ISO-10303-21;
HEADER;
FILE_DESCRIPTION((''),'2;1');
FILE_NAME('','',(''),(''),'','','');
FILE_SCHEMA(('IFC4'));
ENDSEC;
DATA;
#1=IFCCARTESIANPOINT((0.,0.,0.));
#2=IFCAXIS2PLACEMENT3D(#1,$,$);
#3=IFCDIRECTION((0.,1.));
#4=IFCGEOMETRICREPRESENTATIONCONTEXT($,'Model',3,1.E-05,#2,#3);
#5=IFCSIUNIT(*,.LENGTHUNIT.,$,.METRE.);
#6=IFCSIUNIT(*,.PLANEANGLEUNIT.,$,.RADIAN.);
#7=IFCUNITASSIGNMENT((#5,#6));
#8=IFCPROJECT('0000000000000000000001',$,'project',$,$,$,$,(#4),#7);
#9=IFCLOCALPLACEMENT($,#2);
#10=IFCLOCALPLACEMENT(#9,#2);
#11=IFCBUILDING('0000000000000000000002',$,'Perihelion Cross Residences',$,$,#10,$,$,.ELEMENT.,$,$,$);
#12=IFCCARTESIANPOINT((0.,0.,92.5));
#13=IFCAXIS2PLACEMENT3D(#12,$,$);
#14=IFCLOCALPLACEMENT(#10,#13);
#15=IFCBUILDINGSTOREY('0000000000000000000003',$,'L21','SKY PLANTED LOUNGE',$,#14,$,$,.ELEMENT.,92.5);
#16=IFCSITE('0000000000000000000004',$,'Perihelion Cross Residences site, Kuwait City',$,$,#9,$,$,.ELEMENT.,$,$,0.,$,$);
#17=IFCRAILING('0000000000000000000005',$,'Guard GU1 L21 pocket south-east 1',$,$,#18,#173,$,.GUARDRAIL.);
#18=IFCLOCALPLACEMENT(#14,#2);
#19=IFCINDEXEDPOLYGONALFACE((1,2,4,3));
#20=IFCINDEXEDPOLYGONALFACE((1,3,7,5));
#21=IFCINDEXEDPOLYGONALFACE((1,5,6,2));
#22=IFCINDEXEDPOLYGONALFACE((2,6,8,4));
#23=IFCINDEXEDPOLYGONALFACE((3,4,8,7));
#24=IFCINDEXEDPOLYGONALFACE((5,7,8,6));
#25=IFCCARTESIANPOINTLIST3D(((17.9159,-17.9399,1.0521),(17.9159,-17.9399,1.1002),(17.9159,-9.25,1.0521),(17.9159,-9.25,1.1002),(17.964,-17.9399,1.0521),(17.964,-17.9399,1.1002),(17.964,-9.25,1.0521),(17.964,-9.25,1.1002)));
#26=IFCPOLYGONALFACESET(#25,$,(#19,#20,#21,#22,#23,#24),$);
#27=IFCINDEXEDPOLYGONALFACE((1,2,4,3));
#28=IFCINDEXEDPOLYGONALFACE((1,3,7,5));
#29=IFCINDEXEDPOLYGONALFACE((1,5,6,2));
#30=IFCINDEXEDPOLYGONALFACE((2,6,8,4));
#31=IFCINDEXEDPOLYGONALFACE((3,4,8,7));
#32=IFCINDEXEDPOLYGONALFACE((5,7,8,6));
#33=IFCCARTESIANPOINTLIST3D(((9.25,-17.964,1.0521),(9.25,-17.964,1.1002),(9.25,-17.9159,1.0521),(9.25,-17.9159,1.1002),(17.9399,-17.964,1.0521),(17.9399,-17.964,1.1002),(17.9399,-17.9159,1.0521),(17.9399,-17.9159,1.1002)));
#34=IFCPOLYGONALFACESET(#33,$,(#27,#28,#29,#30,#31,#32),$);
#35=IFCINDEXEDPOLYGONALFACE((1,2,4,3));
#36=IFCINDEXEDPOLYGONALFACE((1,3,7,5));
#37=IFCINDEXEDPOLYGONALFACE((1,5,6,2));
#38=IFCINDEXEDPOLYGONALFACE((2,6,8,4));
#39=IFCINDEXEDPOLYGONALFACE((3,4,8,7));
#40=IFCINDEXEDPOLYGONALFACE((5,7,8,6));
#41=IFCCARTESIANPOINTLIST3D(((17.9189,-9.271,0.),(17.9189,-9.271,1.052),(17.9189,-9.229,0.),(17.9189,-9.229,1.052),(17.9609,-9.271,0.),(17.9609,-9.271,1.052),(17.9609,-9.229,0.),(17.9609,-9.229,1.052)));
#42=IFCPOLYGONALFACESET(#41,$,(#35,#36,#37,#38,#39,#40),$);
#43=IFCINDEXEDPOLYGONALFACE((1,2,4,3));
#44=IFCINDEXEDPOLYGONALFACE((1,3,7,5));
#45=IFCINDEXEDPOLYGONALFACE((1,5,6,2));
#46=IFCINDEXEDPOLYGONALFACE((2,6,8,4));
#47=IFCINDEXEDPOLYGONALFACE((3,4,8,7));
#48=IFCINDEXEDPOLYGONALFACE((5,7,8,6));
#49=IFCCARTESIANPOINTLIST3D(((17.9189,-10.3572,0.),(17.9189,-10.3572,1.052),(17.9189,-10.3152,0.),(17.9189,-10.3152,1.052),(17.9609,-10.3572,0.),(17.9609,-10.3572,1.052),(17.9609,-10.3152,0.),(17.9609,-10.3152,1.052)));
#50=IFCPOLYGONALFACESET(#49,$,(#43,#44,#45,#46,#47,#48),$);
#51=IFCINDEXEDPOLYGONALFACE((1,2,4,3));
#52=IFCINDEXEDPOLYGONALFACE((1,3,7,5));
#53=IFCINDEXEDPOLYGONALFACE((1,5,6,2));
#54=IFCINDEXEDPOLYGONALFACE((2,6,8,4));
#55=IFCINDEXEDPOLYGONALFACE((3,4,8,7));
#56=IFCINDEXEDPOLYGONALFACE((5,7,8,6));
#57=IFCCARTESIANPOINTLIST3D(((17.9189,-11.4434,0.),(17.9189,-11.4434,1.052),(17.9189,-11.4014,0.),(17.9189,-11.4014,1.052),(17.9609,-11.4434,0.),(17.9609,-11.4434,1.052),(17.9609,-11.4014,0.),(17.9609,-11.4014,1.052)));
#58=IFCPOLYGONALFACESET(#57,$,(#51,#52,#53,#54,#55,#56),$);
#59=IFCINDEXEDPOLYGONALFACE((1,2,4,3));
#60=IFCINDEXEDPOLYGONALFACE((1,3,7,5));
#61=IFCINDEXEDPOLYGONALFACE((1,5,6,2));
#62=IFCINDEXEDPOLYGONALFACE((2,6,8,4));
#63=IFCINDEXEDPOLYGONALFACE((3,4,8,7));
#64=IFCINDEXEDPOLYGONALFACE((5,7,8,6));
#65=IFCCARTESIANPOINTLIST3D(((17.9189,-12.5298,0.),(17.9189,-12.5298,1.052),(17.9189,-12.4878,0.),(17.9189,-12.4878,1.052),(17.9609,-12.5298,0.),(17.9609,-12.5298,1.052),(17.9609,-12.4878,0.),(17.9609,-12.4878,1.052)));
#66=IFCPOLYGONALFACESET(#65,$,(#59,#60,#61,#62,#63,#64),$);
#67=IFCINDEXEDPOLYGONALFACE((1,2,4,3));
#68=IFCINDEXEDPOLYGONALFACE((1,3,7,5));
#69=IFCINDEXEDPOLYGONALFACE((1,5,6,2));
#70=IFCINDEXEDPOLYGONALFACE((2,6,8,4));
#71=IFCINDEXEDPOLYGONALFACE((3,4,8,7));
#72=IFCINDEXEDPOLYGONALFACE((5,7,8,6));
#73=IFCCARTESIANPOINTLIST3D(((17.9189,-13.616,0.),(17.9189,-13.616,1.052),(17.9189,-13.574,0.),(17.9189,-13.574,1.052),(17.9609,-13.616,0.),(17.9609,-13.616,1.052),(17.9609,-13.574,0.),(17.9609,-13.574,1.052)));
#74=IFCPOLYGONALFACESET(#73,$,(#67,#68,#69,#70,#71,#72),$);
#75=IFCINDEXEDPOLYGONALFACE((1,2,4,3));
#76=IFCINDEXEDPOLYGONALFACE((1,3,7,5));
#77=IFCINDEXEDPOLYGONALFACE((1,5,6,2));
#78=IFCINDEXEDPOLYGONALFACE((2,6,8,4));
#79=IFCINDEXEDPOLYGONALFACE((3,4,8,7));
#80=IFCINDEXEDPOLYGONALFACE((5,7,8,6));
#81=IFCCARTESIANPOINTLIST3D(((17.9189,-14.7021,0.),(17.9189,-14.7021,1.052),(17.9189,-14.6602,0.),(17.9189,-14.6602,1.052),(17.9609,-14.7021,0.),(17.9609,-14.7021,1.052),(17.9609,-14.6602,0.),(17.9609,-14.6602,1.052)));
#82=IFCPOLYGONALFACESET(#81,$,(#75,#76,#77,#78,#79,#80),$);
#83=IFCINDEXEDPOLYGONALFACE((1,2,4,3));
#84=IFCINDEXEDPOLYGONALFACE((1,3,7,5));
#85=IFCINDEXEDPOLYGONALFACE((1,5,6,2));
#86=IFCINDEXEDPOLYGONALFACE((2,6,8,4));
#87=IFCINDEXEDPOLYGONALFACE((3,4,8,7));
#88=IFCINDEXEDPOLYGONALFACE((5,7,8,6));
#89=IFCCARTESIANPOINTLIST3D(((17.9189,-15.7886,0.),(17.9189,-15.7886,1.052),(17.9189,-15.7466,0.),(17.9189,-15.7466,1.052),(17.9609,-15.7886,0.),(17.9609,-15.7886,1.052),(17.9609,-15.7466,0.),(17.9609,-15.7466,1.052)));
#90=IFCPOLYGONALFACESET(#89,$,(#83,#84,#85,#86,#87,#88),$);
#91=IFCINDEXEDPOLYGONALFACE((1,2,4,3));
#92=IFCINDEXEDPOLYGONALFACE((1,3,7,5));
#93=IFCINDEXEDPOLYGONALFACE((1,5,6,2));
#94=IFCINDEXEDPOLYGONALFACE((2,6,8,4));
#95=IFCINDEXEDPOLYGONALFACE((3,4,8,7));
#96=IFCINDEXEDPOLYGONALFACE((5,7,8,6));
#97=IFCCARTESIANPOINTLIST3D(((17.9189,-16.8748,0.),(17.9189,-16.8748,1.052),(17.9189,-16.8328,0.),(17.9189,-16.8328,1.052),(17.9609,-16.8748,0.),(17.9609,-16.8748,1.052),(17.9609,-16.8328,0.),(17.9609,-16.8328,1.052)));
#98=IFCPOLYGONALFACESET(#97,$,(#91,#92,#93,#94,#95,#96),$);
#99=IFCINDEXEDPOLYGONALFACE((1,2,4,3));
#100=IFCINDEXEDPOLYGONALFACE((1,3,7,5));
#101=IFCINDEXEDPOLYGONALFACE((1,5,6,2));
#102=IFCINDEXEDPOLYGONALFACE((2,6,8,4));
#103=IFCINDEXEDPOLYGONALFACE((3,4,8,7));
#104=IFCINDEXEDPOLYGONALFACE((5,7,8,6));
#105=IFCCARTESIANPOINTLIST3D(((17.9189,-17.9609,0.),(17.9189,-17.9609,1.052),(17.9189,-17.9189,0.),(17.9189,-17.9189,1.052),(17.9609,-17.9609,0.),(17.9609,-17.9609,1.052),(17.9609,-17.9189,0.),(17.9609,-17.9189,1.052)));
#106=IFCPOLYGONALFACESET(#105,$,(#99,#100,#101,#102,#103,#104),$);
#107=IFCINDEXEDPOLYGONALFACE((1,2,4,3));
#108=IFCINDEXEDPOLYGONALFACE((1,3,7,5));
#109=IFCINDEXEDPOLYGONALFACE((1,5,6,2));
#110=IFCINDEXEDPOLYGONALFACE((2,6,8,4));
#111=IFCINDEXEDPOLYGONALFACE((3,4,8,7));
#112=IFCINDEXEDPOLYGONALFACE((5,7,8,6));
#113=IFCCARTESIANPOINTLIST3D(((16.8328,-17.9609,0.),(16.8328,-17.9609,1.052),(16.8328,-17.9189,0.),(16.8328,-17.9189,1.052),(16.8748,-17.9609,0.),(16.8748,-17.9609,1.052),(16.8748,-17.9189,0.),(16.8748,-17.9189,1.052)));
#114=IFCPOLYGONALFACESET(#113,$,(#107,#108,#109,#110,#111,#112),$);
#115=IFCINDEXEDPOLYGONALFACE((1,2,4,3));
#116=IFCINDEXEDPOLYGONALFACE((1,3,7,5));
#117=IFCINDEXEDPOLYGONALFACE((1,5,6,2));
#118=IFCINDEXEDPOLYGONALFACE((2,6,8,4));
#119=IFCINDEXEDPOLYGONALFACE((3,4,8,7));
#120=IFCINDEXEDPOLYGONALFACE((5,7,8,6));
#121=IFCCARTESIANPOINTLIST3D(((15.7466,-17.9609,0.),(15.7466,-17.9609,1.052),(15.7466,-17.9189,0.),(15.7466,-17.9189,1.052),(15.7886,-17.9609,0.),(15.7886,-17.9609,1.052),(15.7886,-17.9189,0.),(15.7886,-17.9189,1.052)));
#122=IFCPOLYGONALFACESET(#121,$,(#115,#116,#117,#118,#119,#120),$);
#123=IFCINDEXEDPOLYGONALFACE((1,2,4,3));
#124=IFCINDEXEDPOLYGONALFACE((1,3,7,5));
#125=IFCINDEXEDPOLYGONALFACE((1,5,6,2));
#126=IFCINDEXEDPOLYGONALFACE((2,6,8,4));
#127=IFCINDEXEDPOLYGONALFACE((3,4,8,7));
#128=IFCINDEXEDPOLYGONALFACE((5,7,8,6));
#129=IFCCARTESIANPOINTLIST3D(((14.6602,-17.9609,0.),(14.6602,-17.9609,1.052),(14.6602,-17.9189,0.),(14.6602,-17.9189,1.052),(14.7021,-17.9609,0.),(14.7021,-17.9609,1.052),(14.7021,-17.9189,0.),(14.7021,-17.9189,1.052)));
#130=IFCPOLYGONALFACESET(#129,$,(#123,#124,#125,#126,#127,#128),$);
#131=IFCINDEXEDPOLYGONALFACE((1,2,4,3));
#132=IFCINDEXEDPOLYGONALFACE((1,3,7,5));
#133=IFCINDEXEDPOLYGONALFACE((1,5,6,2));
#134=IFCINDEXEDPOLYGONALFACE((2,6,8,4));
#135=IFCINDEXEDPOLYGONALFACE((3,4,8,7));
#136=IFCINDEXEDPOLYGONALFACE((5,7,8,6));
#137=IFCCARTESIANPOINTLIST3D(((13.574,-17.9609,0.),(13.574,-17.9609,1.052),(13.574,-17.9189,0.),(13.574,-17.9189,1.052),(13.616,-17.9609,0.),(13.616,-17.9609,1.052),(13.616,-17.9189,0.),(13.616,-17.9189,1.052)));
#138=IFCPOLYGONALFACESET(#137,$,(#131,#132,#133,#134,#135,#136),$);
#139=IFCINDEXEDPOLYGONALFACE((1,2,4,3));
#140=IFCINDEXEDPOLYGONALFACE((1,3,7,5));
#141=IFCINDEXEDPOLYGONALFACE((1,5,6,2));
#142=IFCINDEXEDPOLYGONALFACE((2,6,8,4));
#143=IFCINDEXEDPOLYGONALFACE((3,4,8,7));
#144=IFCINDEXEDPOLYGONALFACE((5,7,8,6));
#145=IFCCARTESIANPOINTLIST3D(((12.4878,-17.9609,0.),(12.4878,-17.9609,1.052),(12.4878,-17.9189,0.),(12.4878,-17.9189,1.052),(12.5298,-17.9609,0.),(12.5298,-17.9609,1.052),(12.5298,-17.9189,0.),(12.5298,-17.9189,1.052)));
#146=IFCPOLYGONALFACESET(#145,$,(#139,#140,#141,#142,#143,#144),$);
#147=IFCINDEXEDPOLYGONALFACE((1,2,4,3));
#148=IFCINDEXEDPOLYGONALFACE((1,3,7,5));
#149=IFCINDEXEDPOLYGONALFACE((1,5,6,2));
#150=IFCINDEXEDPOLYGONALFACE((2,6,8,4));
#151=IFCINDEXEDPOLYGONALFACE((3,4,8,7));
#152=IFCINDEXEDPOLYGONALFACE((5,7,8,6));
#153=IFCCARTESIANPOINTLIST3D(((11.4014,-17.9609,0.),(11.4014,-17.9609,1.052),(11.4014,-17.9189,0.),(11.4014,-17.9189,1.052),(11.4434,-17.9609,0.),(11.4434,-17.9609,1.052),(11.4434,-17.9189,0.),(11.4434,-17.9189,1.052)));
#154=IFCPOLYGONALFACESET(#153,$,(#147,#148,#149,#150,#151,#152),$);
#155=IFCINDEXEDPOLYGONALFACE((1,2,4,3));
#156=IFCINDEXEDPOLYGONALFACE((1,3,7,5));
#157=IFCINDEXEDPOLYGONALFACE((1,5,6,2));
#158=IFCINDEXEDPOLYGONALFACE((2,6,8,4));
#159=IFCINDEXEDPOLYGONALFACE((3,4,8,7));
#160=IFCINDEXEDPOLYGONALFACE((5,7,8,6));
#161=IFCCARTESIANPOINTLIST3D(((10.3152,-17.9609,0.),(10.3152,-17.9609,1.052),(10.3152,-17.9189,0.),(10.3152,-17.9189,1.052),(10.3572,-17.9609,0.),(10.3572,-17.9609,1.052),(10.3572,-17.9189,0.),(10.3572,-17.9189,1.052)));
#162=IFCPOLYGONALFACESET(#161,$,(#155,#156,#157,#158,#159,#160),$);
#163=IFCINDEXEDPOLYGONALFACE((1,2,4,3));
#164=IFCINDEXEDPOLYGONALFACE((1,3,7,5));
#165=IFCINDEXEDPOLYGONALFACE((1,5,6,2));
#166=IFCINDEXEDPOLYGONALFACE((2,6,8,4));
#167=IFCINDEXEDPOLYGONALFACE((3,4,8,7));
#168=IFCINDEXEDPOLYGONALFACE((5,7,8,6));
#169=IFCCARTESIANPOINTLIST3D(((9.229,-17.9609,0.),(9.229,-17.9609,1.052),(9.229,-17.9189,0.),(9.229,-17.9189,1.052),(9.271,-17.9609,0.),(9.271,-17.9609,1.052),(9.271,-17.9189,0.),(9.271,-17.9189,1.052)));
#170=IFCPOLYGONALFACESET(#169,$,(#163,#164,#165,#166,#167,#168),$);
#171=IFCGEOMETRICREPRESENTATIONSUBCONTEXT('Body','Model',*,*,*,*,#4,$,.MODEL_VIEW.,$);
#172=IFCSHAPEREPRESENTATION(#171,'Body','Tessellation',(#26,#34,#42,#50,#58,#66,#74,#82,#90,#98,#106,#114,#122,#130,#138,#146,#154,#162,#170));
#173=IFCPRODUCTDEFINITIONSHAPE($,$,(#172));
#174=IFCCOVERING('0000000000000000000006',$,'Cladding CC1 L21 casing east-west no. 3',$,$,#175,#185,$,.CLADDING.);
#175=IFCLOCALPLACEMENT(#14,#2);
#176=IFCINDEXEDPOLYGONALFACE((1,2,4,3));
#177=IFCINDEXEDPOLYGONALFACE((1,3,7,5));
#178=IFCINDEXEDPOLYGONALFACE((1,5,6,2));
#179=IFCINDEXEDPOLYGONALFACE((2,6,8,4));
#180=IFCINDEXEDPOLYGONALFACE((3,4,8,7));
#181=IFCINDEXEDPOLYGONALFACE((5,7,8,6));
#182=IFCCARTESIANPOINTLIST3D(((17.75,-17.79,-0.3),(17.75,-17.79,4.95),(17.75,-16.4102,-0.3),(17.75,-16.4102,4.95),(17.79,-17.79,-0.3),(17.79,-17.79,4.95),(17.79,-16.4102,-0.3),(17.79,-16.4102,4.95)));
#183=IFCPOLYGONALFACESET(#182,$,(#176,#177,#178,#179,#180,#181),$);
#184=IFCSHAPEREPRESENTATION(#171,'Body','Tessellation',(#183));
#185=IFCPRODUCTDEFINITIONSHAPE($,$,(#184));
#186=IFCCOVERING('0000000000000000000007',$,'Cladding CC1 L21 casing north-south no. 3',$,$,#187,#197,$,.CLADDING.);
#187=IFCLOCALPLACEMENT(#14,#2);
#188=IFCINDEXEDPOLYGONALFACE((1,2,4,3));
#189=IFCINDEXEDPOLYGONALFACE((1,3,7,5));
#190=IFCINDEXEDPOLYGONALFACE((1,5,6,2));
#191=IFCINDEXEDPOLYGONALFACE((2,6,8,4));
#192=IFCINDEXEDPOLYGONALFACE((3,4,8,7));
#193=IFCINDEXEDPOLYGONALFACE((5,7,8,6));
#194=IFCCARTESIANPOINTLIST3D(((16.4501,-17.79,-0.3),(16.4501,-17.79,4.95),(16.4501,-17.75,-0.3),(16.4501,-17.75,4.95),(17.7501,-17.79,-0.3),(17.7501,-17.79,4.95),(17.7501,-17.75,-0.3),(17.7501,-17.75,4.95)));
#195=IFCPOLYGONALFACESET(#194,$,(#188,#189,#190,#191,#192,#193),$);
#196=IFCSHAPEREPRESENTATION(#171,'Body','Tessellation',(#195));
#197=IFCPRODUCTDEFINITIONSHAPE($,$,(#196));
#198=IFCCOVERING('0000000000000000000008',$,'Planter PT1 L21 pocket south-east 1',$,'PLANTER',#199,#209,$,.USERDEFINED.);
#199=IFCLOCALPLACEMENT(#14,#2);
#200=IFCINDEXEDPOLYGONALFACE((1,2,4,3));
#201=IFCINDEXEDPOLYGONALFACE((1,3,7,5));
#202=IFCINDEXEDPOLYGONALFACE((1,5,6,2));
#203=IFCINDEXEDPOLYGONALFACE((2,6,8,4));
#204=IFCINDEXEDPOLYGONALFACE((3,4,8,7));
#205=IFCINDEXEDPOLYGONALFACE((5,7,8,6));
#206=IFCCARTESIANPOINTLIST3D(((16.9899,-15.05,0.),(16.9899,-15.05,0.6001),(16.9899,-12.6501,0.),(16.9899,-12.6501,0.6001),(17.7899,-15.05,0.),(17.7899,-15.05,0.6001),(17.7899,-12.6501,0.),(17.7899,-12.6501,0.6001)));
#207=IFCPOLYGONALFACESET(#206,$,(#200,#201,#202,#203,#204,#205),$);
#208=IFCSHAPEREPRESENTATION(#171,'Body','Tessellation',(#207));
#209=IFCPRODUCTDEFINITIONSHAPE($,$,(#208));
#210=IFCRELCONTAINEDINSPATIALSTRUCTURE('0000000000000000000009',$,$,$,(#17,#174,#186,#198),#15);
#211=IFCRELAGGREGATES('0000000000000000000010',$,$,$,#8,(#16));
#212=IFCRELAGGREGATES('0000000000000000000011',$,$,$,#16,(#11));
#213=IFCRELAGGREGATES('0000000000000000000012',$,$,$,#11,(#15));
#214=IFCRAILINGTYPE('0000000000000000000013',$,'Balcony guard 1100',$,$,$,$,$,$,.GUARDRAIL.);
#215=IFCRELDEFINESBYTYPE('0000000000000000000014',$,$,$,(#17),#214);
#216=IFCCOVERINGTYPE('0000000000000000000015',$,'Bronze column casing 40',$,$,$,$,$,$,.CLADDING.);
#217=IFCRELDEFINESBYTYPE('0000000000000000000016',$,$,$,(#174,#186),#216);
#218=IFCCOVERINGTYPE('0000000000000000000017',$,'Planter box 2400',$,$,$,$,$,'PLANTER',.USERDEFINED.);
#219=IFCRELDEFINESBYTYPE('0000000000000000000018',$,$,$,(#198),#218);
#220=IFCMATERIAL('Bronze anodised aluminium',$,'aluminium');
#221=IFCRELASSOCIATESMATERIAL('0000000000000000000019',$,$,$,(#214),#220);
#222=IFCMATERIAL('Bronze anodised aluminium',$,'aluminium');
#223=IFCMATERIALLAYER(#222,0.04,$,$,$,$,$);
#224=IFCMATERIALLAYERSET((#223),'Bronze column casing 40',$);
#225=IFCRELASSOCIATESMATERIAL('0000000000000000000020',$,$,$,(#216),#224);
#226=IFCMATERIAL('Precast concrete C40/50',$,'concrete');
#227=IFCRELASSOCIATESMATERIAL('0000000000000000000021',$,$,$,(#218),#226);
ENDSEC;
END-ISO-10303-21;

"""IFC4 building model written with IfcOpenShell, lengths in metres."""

from ifc_helpers import new_model, si_unit, direction, frame, origin, origin_2d, place, context, subcontext, project, spatial, rectangle, extrude, material, layer, layer_set, type_object, element, save


model = new_model("IFC4")

# Units and contexts
model_context = context("Model", 3, precision=1e-05, world=origin(), true_north=direction((0.0, 1.0)))
body_context = subcontext(model_context, "Body", "Model", "MODEL_VIEW")
ifc_project = project(units=[si_unit("LENGTHUNIT", "METRE"), si_unit("PLANEANGLEUNIT", "RADIAN")], contexts=[model_context])

# Site, building, storey
site_placement = place(None, origin())
site = spatial("IfcSite", under=ifc_project, at=site_placement, Name="Perihelion Cross Residences site, Kuwait City", CompositionType="ELEMENT", RefElevation=0.0)
building_placement = place(site_placement, origin())
building = spatial("IfcBuilding", under=site, at=building_placement, Name="Perihelion Cross Residences", CompositionType="ELEMENT")
storey_placement = place(building_placement, frame((0.0, 0.0, 92.5)))
storey = spatial("IfcBuildingStorey", under=building, at=storey_placement, Name="L21", Description="SKY PLANTED LOUNGE", CompositionType="ELEMENT", Elevation=92.5)

# Railing
ifc_material_1 = material(Name="Bronze anodised aluminium", Category="aluminium")
railing_type = type_object("IfcRailingType", Name="Balcony guard 1100", PredefinedType="GUARDRAIL", material=ifc_material_1)
railing_placement = place(storey_placement, frame((17.9399, -9.25, 0.0)))
element("IfcRailing", 1, at=railing_placement, inside=storey, type_object=railing_type, Name="Guard GU1 L21 pocket south-east 1", PredefinedType="GUARDRAIL", context=body_context, shape_type="SweptSolid", body=[
    extrude(rectangle(XDim=0.0481, YDim=0.0481, at=origin_2d()), frame((0.0, 0.0, 1.0762), z_axis=(0.0, -1.0, 0.0), x_axis=(1.0, 0.0, 0.0)), (0.0, 0.0, 1.0), 8.6899),
    extrude(rectangle(XDim=0.0481, YDim=0.0481, at=origin_2d()), frame((0.0, -8.6899, 1.0762), z_axis=(-1.0, 0.0, 0.0), x_axis=(0.0, -1.0, 0.0)), (0.0, 0.0, 1.0), 8.6899),
    extrude(rectangle(XDim=0.042, YDim=0.042, at=origin_2d()), origin(), (0.0, 0.0, 1.0), 1.052),
    extrude(rectangle(XDim=0.042, YDim=0.042, at=origin_2d()), frame((0.0, -1.0862, 0.0)), (0.0, 0.0, 1.0), 1.052),
    extrude(rectangle(XDim=0.042, YDim=0.042, at=origin_2d()), frame((0.0, -2.1724, 0.0)), (0.0, 0.0, 1.0), 1.052),
    extrude(rectangle(XDim=0.042, YDim=0.042, at=origin_2d()), frame((0.0, -3.2588, 0.0)), (0.0, 0.0, 1.0), 1.052),
    extrude(rectangle(XDim=0.042, YDim=0.042, at=origin_2d()), frame((0.0, -4.345, 0.0)), (0.0, 0.0, 1.0), 1.052),
    extrude(rectangle(XDim=0.042, YDim=0.042, at=origin_2d()), frame((0.0, -5.4312, 0.0)), (0.0, 0.0, 1.0), 1.052),
    extrude(rectangle(XDim=0.042, YDim=0.042, at=origin_2d()), frame((0.0, -6.5176, 0.0)), (0.0, 0.0, 1.0), 1.052),
    extrude(rectangle(XDim=0.042, YDim=0.042, at=origin_2d()), frame((0.0, -7.6038, 0.0)), (0.0, 0.0, 1.0), 1.052),
    extrude(rectangle(XDim=0.042, YDim=0.042, at=origin_2d()), frame((0.0, -8.6899, 0.0)), (0.0, 0.0, 1.0), 1.052),
    extrude(rectangle(XDim=0.042, YDim=0.042, at=origin_2d()), frame((-1.0862, -8.6899, 0.0)), (0.0, 0.0, 1.0), 1.052),
    extrude(rectangle(XDim=0.042, YDim=0.042, at=origin_2d()), frame((-2.1724, -8.6899, 0.0)), (0.0, 0.0, 1.0), 1.052),
    extrude(rectangle(XDim=0.042, YDim=0.042, at=origin_2d()), frame((-3.2588, -8.6899, 0.0)), (0.0, 0.0, 1.0), 1.052),
    extrude(rectangle(XDim=0.042, YDim=0.042, at=origin_2d()), frame((-4.345, -8.6899, 0.0)), (0.0, 0.0, 1.0), 1.052),
    extrude(rectangle(XDim=0.042, YDim=0.042, at=origin_2d()), frame((-5.4312, -8.6899, 0.0)), (0.0, 0.0, 1.0), 1.052),
    extrude(rectangle(XDim=0.042, YDim=0.042, at=origin_2d()), frame((-6.5176, -8.6899, 0.0)), (0.0, 0.0, 1.0), 1.052),
    extrude(rectangle(XDim=0.042, YDim=0.042, at=origin_2d()), frame((-7.6038, -8.6899, 0.0)), (0.0, 0.0, 1.0), 1.052),
    extrude(rectangle(XDim=0.042, YDim=0.042, at=origin_2d()), frame((-8.6899, -8.6899, 0.0)), (0.0, 0.0, 1.0), 1.052),
])

# Coverings
ifc_material_2 = material(Name="Bronze anodised aluminium", Category="aluminium")
ifc_layer_1 = layer(ifc_material_2, 0.04)
ifc_layer_set_1 = layer_set([ifc_layer_1], Name="Bronze column casing 40")
covering_type_1 = type_object("IfcCoveringType", Name="Bronze column casing 40", PredefinedType="CLADDING", material=ifc_layer_set_1)
covering_1_placement = place(storey_placement, frame((17.77, -17.1001, -0.3), z_axis=(0.0, 0.0, 1.0), x_axis=(1.0, 0.0, 0.0)))
element("IfcCovering", 2, at=covering_1_placement, inside=storey, type_object=covering_type_1, Name="Cladding CC1 L21 casing east-west no. 3", PredefinedType="CLADDING", context=body_context, shape_type="SweptSolid", body=[
    extrude(rectangle(XDim=0.04, YDim=1.3799, at=origin_2d()), origin(), (0.0, 0.0, 1.0), 5.25),
])
covering_2_placement = place(storey_placement, frame((17.1001, -17.77, -0.3), z_axis=(0.0, 0.0, 1.0), x_axis=(1.0, 0.0, 0.0)))
element("IfcCovering", 3, at=covering_2_placement, inside=storey, type_object=covering_type_1, Name="Cladding CC1 L21 casing north-south no. 3", PredefinedType="CLADDING", context=body_context, shape_type="SweptSolid", body=[
    extrude(rectangle(XDim=1.3, YDim=0.04, at=origin_2d()), origin(), (0.0, 0.0, 1.0), 5.25),
])
ifc_material_3 = material(Name="Precast concrete C40/50", Category="concrete")
covering_type_2 = type_object("IfcCoveringType", Name="Planter box 2400", ElementType="PLANTER", PredefinedType="USERDEFINED", material=ifc_material_3)
covering_3_placement = place(storey_placement, frame((17.3899, -13.8501, 0.0), z_axis=(0.0, 0.0, 1.0), x_axis=(0.0, -1.0, 0.0)))
element("IfcCovering", 4, at=covering_3_placement, inside=storey, type_object=covering_type_2, Name="Planter PT1 L21 pocket south-east 1", ObjectType="PLANTER", PredefinedType="USERDEFINED", context=body_context, shape_type="SweptSolid", body=[
    extrude(rectangle(XDim=2.3999, YDim=0.8, at=origin_2d()), origin(), (0.0, 0.0, 1.0), 0.6001),
])

save(model, "model.ifc")
